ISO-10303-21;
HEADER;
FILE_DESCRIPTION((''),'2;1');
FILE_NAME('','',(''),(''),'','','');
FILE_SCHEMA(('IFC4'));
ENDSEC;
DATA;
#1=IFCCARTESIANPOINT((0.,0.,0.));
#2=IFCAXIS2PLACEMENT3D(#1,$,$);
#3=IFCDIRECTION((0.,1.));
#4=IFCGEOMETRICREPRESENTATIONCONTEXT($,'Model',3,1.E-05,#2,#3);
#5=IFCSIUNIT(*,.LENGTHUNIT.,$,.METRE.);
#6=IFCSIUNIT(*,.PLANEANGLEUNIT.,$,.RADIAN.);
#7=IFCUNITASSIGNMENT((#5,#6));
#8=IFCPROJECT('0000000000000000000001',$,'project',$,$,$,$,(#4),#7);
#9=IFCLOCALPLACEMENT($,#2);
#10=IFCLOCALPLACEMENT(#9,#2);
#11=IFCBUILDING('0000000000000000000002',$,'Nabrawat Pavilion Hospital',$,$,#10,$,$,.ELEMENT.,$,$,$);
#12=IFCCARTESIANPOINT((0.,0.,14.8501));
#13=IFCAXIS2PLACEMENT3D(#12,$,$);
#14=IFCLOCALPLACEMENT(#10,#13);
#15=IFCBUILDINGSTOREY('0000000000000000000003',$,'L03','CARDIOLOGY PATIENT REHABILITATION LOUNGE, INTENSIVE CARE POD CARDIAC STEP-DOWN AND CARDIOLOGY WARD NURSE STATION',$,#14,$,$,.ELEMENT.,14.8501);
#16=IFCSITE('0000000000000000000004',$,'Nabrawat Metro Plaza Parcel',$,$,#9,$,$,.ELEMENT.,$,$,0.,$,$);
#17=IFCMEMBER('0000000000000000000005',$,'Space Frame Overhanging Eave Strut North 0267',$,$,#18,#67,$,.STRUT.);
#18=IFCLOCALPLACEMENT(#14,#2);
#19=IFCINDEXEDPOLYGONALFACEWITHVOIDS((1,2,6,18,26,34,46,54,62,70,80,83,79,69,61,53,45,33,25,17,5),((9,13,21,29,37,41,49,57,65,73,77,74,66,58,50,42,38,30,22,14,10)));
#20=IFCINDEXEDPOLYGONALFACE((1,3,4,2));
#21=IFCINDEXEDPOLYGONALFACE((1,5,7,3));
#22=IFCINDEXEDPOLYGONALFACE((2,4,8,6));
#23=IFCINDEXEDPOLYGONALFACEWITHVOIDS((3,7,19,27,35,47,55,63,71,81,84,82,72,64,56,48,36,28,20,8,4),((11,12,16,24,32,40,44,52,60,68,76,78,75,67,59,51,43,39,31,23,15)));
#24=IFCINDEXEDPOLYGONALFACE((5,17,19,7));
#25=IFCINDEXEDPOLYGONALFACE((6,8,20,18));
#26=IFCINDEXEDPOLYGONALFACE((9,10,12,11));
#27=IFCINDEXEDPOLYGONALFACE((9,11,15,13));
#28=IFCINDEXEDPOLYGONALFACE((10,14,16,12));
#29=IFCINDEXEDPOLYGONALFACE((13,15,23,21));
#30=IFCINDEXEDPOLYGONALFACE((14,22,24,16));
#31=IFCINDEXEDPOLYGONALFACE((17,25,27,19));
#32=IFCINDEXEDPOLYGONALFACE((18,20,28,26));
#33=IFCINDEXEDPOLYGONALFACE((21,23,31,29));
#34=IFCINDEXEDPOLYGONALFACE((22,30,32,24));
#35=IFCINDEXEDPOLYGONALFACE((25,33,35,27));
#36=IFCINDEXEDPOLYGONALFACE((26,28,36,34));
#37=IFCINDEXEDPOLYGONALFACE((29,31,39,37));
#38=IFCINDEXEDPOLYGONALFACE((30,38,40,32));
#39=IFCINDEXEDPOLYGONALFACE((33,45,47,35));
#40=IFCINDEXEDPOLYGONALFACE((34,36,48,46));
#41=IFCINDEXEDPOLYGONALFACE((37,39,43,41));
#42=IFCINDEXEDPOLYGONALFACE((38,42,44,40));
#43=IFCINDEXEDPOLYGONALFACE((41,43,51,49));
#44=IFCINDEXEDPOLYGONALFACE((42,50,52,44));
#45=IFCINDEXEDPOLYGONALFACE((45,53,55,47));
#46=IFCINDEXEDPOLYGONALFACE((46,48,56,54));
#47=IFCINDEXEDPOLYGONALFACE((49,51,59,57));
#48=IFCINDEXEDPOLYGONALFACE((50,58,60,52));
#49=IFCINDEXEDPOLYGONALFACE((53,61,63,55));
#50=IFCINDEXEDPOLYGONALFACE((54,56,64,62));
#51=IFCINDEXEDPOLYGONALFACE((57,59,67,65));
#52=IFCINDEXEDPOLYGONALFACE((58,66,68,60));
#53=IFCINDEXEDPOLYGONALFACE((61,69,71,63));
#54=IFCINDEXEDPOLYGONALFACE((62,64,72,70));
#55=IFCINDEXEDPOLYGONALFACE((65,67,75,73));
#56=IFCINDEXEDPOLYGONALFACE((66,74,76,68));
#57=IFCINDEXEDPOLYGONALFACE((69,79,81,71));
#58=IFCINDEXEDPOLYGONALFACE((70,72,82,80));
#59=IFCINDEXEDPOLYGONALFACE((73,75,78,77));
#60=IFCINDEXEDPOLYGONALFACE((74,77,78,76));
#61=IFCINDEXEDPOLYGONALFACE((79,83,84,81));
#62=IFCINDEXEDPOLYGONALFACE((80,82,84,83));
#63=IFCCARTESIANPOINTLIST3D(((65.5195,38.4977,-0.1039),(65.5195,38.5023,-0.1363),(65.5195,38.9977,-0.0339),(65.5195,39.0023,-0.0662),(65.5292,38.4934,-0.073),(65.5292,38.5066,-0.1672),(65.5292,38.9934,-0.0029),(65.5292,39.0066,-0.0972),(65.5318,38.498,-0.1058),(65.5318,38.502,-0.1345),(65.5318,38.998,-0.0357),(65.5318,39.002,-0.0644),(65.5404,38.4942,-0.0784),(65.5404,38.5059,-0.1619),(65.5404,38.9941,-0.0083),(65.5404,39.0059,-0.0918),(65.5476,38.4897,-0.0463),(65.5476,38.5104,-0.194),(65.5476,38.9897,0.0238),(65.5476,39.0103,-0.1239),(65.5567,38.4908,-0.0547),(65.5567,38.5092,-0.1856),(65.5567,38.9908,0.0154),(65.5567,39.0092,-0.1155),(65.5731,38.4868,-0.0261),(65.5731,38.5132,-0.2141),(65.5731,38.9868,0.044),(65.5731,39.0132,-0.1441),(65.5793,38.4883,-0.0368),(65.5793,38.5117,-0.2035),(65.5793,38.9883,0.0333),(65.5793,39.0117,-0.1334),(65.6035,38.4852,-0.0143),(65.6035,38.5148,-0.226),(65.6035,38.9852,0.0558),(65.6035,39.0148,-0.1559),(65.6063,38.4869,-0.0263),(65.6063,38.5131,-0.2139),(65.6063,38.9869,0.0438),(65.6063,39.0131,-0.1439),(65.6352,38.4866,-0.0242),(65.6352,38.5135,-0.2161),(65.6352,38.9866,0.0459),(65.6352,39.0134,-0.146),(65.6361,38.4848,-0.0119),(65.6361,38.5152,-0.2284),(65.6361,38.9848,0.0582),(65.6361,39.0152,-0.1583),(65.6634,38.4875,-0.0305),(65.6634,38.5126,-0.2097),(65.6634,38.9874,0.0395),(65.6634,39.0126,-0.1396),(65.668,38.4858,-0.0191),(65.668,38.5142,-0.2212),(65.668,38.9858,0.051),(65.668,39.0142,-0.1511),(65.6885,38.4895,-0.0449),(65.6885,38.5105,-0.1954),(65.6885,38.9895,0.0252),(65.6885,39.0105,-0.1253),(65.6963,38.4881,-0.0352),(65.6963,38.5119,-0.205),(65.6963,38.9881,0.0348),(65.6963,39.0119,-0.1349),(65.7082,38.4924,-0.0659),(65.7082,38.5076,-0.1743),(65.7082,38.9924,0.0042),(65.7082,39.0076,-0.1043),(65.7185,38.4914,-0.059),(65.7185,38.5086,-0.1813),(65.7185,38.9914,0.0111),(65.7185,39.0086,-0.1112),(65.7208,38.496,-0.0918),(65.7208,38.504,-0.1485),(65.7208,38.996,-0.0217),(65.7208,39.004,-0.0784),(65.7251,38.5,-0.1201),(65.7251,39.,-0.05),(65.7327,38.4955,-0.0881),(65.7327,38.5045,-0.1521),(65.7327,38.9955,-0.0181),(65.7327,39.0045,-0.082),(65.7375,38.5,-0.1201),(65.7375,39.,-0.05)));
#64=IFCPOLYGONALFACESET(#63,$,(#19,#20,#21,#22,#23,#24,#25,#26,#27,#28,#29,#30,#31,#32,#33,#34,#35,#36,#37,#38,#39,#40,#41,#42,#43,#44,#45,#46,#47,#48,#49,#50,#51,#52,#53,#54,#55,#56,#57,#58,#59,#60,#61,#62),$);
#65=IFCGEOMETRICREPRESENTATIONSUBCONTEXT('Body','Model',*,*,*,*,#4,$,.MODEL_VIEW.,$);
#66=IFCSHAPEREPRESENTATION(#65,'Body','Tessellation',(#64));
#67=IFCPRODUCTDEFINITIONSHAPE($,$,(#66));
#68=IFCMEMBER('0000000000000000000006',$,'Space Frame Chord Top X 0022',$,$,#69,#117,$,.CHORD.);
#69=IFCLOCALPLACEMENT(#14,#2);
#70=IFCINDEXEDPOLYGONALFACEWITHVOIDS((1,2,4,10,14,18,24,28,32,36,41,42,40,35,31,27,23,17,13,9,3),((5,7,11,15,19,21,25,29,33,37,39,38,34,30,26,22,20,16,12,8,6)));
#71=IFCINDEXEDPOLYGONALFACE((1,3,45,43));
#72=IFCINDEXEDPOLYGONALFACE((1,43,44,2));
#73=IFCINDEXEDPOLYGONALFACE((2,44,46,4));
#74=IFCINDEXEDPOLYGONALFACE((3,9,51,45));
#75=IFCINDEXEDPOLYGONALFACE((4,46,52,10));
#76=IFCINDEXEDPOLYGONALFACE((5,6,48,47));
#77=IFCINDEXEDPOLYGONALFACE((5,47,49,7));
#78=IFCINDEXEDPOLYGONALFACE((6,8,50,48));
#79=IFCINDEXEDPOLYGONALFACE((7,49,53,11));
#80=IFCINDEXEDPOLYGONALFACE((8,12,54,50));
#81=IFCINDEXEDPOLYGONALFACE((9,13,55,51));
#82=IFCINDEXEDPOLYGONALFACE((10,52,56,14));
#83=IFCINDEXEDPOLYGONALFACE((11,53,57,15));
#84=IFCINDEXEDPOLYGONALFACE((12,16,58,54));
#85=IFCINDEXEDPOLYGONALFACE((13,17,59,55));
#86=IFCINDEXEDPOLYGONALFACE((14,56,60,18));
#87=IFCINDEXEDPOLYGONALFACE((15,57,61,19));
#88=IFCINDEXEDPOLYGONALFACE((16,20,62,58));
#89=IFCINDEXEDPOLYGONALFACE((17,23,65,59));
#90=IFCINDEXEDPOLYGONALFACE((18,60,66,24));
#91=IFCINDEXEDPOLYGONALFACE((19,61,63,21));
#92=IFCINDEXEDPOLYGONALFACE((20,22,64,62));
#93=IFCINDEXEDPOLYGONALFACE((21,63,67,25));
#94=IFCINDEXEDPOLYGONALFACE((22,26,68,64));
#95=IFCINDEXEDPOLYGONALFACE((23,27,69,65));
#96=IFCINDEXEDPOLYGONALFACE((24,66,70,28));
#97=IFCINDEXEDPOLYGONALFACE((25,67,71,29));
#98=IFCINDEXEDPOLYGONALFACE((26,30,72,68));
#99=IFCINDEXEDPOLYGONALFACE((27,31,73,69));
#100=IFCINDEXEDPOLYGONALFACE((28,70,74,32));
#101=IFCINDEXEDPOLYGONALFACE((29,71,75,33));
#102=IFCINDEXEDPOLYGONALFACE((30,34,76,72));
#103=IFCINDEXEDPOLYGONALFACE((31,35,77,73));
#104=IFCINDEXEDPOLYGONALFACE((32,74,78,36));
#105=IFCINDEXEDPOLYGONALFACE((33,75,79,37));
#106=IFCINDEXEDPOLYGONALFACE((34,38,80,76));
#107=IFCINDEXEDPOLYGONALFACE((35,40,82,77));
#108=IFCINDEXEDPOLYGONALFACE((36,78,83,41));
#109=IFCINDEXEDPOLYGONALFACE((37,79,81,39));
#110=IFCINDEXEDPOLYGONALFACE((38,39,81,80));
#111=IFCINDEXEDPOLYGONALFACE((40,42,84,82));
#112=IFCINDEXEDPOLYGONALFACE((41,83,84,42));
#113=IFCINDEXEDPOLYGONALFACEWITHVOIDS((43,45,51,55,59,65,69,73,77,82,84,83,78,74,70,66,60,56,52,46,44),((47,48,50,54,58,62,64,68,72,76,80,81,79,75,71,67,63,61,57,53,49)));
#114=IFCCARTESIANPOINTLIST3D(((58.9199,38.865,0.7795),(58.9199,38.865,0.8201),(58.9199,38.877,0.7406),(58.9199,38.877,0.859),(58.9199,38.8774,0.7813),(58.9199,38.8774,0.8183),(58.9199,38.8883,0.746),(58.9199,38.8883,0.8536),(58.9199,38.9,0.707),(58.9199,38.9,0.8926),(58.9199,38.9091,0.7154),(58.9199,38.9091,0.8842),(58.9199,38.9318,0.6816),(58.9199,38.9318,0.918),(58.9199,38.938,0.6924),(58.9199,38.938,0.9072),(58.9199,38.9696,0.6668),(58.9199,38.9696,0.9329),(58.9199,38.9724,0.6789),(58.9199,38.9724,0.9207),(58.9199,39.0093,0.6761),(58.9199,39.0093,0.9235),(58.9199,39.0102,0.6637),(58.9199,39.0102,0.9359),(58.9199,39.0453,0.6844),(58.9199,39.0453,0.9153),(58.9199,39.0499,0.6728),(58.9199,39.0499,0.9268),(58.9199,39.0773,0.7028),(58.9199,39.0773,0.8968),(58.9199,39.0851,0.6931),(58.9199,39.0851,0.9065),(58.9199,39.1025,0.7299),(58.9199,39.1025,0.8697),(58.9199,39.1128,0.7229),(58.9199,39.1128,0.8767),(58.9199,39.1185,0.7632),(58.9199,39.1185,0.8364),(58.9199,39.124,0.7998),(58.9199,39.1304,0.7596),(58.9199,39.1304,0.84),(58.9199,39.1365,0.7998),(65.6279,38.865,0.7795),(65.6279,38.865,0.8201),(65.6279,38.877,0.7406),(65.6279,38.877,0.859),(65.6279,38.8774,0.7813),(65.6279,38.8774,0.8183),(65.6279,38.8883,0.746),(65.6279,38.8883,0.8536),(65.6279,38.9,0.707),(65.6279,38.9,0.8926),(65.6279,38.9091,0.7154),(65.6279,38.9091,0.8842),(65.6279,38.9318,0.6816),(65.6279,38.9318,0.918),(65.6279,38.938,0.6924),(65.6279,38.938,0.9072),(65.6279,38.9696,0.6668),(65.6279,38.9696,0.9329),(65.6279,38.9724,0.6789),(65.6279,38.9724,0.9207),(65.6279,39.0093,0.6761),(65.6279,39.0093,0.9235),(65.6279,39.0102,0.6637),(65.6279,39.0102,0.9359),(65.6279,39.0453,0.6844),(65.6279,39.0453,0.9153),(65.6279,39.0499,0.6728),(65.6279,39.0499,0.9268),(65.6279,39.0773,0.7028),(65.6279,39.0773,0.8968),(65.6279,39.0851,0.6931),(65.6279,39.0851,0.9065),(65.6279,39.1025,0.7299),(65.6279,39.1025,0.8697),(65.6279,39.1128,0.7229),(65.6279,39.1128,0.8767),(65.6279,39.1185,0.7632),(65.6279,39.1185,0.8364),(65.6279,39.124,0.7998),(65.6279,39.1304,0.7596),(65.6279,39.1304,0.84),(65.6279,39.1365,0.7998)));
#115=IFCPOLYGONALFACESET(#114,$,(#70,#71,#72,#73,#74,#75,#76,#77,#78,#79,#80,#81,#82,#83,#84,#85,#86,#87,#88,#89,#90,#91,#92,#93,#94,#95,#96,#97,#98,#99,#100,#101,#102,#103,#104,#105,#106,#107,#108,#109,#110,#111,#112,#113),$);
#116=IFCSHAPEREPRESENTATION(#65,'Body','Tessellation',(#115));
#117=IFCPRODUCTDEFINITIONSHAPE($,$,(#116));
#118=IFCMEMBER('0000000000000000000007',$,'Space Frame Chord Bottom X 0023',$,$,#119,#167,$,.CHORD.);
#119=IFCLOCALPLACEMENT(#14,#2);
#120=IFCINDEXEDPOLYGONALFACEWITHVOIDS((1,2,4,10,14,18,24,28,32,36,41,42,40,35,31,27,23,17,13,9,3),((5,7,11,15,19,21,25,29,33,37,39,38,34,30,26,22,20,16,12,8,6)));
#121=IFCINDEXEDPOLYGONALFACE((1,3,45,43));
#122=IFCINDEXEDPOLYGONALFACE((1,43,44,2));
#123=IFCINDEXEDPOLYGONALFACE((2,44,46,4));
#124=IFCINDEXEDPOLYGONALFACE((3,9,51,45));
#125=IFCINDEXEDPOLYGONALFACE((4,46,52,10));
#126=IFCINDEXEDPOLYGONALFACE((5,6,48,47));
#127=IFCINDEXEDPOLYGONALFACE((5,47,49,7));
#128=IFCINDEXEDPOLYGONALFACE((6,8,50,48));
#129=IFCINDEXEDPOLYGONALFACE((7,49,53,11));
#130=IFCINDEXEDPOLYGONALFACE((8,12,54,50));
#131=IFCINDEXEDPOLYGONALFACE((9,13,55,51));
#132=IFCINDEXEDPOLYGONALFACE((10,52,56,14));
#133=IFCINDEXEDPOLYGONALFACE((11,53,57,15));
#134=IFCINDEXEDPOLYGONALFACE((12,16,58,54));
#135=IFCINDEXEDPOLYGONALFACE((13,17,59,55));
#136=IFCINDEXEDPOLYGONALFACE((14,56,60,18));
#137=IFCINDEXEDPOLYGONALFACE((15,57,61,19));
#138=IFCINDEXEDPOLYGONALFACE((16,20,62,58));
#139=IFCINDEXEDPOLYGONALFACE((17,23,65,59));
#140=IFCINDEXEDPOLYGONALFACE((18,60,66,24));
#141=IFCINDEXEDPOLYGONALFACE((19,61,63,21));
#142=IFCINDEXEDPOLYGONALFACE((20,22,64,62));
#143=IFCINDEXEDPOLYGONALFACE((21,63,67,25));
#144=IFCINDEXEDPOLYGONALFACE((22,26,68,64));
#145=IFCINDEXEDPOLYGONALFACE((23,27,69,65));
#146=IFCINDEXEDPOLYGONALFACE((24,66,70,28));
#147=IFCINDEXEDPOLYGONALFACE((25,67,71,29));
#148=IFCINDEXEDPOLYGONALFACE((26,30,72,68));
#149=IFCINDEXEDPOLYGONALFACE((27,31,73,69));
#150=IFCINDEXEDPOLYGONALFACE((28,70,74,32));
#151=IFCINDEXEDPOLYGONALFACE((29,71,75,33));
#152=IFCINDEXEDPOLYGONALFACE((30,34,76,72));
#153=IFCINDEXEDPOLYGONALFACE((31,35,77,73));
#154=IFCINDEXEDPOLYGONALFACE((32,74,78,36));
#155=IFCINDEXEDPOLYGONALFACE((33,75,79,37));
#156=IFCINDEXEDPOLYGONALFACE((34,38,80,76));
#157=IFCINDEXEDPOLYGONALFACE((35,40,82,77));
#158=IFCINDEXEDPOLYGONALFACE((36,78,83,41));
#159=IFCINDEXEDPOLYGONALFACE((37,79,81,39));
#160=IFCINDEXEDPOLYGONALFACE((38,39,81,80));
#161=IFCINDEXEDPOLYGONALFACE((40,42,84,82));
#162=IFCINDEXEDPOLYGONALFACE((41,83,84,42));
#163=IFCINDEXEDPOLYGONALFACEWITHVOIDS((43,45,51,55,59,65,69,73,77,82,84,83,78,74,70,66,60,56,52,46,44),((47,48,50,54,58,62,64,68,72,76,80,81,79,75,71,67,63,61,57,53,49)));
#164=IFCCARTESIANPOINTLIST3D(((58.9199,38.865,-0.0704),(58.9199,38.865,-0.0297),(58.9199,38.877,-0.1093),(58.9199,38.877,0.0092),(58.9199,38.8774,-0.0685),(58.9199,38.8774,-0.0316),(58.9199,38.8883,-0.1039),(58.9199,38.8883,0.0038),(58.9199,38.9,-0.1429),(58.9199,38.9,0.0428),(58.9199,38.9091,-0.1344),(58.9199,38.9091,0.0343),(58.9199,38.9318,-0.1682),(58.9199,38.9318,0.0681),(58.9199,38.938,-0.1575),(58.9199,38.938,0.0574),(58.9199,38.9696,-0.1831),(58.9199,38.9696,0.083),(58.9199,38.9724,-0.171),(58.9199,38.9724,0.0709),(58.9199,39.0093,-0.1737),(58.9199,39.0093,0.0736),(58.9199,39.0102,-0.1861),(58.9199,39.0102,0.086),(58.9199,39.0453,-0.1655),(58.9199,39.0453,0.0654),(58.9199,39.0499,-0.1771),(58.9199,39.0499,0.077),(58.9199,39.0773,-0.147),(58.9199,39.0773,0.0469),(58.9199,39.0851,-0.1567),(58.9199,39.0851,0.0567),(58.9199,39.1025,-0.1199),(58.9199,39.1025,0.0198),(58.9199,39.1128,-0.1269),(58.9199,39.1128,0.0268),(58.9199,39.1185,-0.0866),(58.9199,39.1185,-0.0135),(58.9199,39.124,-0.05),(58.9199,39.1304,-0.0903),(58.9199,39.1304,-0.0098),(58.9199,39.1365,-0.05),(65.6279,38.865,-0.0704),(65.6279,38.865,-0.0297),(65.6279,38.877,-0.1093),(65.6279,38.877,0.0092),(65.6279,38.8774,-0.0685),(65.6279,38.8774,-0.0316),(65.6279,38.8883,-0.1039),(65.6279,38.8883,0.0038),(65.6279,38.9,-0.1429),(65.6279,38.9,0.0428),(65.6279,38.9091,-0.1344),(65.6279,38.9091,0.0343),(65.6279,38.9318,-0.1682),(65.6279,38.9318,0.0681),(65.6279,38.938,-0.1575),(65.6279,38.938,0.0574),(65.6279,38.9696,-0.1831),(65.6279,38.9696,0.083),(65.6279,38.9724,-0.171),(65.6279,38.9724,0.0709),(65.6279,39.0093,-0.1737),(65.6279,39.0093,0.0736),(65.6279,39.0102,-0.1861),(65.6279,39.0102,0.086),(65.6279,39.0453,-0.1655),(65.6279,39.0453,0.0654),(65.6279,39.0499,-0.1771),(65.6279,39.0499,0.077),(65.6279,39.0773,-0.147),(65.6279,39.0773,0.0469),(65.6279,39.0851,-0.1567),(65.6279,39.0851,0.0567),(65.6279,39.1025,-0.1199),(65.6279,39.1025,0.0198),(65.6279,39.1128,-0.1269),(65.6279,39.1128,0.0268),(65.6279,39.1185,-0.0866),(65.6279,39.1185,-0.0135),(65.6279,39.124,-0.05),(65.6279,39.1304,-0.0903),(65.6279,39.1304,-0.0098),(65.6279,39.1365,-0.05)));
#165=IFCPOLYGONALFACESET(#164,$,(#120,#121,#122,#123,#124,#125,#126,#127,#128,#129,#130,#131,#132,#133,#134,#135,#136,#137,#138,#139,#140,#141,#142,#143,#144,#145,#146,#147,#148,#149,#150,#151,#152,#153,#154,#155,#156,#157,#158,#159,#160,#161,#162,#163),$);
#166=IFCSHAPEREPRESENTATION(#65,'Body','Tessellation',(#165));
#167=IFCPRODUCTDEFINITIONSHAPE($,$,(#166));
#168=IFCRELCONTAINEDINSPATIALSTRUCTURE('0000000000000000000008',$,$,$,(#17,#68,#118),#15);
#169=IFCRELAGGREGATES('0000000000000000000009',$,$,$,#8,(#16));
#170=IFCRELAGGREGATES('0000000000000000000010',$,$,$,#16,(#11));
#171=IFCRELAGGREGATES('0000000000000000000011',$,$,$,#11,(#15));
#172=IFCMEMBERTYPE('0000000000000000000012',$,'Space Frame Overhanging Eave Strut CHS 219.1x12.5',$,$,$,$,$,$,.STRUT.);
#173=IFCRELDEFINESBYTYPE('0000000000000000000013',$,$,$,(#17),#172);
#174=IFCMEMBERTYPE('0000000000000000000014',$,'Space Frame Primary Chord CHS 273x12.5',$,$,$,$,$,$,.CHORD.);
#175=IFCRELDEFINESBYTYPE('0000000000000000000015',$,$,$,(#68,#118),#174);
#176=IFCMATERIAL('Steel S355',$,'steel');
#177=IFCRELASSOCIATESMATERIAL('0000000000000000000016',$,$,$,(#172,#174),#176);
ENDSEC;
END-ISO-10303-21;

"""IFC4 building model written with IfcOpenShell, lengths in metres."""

from ifc_helpers import new_model, si_unit, direction, frame, origin, origin_2d, place, context, subcontext, project, spatial, hollow_circle, extrude, material, material_profile, profile_set, type_object, element, save


model = new_model("IFC4")

# Units and contexts
model_context = context("Model", 3, precision=1e-05, world=origin(), true_north=direction((0.0, 1.0)))
body_context = subcontext(model_context, "Body", "Model", "MODEL_VIEW")
ifc_project = project(units=[si_unit("LENGTHUNIT", "METRE"), si_unit("PLANEANGLEUNIT", "RADIAN")], contexts=[model_context])

# Site, building, storey
site_placement = place(None, origin())
site = spatial("IfcSite", under=ifc_project, at=site_placement, Name="Nabrawat Metro Plaza Parcel", CompositionType="ELEMENT", RefElevation=0.0)
building_placement = place(site_placement, origin())
building = spatial("IfcBuilding", under=site, at=building_placement, Name="Nabrawat Pavilion Hospital", CompositionType="ELEMENT")
storey_placement = place(building_placement, frame((0.0, 0.0, 14.8501)))
storey = spatial("IfcBuildingStorey", under=building, at=storey_placement, Name="L03", Description="CARDIOLOGY PATIENT REHABILITATION LOUNGE, INTENSIVE CARE POD CARDIAC STEP-DOWN AND CARDIOLOGY WARD NURSE STATION", CompositionType="ELEMENT", Elevation=14.8501)

# Shared definitions
ifc_material_1 = material(Name="Steel S355", Category="steel")

# Members
ifc_material_profile_1 = material_profile(ifc_material_1, hollow_circle(Radius=0.1096, WallThickness=0.0125, at=origin_2d()), Name="CHS 219.1x12.5")
ifc_profile_set_1 = profile_set([ifc_material_profile_1], Name="Steel S355")
member_type_1 = type_object("IfcMemberType", Name="Space Frame Overhanging Eave Strut CHS 219.1x12.5", PredefinedType="STRUT", material=ifc_profile_set_1)
for number, where, z_axis, x_axis, name in (
    (1, (65.6279, 39.0, -0.05), (0.0, -0.990323, -0.138781), (1.0, 0.0, 0.0), "Space Frame Overhanging Eave Strut North 0267"),
):
    element("IfcMember", number, at=place(storey_placement, frame(where, z_axis=z_axis, x_axis=x_axis)), inside=storey, type_object=member_type_1, Name=name, PredefinedType="STRUT", context=body_context, shape_type="SweptSolid", body=[
        extrude(hollow_circle(Radius=0.1096, WallThickness=0.0125, at=origin_2d()), origin(), (0.0, 0.0, 1.0), 0.5049),
    ])
ifc_material_profile_2 = material_profile(ifc_material_1, hollow_circle(Radius=0.1365, WallThickness=0.0125, at=origin_2d()), Name="CHS 273x12.5")
ifc_profile_set_2 = profile_set([ifc_material_profile_2], Name="Steel S355")
member_type_2 = type_object("IfcMemberType", Name="Space Frame Primary Chord CHS 273x12.5", PredefinedType="CHORD", material=ifc_profile_set_2)
for number, where, z_axis, x_axis, name in (
    (2, (58.9199, 39.0, 0.7998), (1.0, 0.0, 0.0), (0.0, 1.0, 0.0), "Space Frame Chord Top X 0022"),
    (3, (58.9199, 39.0, -0.05), (1.0, 0.0, 0.0), (0.0, 1.0, 0.0), "Space Frame Chord Bottom X 0023"),
):
    element("IfcMember", number, at=place(storey_placement, frame(where, z_axis=z_axis, x_axis=x_axis)), inside=storey, type_object=member_type_2, Name=name, PredefinedType="CHORD", context=body_context, shape_type="SweptSolid", body=[
        extrude(hollow_circle(Radius=0.1365, WallThickness=0.0125, at=origin_2d()), origin(), (0.0, 0.0, 1.0), 6.708),
    ])

save(model, "model.ifc")
